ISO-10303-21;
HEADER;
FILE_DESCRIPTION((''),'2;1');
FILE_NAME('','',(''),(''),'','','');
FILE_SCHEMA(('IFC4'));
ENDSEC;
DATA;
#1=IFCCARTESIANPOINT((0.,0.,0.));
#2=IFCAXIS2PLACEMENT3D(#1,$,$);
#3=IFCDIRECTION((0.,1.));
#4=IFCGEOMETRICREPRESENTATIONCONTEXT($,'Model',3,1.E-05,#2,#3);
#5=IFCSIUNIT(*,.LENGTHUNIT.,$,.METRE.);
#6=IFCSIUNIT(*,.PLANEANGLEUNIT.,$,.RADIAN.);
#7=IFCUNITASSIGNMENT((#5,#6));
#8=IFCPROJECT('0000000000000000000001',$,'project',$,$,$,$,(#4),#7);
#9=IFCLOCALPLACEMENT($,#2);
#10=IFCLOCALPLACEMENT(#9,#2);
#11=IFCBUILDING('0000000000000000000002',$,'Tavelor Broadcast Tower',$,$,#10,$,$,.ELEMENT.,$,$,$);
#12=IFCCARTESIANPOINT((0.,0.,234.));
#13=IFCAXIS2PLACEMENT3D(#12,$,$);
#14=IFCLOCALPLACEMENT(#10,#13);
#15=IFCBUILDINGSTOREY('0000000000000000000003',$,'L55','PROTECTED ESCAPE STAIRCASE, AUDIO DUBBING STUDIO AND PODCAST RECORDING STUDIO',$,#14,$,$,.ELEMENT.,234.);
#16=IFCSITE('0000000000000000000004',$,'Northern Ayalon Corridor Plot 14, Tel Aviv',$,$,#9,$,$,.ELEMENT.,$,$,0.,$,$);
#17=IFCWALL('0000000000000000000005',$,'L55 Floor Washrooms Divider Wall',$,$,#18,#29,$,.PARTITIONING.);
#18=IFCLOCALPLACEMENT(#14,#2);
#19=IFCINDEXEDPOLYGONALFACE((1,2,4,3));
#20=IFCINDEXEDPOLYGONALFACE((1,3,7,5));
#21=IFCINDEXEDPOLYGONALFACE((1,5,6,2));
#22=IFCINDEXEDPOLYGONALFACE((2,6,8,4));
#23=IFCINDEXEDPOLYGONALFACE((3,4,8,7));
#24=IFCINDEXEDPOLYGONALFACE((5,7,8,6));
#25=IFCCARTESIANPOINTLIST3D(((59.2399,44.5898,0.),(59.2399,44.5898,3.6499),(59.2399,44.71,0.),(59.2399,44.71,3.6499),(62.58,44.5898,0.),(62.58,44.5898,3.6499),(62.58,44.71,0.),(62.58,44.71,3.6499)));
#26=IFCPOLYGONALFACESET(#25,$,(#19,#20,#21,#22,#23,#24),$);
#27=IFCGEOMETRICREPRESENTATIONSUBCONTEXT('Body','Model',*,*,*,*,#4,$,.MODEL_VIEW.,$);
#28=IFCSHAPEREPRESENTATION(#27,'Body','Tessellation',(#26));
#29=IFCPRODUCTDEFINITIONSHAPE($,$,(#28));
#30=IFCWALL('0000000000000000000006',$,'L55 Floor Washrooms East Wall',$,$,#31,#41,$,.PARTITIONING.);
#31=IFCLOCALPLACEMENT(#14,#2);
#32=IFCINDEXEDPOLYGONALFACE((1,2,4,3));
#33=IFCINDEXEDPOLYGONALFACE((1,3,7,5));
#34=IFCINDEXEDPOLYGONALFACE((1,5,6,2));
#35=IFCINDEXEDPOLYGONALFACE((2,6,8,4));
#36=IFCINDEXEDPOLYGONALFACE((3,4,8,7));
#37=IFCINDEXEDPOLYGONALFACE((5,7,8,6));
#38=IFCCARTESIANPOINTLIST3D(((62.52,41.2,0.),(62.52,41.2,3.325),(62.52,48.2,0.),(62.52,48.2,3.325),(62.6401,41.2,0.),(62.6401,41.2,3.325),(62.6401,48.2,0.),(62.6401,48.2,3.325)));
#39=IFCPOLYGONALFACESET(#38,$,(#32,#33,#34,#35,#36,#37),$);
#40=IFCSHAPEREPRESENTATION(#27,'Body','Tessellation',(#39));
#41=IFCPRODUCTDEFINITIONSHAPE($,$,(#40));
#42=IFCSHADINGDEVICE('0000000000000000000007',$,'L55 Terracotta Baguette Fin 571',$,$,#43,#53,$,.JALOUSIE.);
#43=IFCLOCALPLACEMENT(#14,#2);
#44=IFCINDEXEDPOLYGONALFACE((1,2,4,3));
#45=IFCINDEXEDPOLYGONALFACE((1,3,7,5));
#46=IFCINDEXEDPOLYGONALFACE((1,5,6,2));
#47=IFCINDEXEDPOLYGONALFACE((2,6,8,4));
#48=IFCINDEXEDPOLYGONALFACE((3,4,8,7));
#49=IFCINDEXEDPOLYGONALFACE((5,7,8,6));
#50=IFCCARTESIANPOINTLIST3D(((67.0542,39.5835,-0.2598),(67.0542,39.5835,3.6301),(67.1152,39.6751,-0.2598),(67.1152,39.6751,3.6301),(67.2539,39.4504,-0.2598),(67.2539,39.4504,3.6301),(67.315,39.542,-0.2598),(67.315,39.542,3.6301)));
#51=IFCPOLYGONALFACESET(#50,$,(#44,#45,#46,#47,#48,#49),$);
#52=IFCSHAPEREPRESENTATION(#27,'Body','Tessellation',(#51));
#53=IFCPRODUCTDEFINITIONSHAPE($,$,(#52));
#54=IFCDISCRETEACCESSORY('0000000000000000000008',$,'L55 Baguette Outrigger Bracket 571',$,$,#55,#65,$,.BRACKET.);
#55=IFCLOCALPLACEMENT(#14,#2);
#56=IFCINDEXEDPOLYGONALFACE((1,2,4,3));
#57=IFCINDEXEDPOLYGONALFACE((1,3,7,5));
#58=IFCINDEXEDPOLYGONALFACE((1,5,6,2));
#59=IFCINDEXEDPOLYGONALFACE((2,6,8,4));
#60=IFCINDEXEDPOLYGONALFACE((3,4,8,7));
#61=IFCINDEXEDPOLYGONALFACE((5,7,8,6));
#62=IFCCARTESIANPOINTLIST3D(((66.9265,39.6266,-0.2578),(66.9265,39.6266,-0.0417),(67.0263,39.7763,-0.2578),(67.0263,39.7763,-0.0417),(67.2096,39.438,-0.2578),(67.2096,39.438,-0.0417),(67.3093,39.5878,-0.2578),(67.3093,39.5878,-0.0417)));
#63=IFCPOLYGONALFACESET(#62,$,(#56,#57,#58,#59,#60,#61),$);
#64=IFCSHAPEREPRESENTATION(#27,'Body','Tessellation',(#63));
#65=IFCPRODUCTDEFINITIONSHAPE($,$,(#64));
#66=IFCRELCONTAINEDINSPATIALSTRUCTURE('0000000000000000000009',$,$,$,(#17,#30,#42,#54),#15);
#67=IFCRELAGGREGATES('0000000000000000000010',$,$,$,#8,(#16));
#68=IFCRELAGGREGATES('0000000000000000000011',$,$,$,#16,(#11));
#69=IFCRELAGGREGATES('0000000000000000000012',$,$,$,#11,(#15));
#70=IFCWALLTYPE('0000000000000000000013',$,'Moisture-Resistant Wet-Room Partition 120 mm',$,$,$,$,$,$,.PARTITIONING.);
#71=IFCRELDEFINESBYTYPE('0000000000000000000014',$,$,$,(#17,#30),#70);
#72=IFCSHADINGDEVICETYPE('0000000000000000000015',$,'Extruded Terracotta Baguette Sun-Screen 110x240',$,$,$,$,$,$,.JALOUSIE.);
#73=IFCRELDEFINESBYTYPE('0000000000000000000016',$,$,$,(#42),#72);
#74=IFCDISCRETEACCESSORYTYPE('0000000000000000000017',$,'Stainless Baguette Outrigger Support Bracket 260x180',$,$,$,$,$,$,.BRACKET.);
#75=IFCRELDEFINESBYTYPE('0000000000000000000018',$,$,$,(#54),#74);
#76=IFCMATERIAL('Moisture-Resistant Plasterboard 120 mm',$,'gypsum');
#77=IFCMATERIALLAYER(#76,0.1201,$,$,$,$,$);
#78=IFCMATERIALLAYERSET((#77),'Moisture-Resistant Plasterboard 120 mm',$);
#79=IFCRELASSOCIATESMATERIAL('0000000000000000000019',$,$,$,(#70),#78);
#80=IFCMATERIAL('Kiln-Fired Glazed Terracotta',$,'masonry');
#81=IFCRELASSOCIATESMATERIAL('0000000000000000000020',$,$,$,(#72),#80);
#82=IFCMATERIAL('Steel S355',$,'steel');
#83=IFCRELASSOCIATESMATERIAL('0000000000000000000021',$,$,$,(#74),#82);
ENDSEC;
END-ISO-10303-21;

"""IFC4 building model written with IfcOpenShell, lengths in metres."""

from ifc_helpers import new_model, si_unit, direction, frame, frame_2d, origin, origin_2d, place, context, subcontext, project, spatial, rectangle, extrude, source, transform, mapped, material, layer, layer_set, type_object, type_shapes, element, save


model = new_model("IFC4")

# Units and contexts
model_context = context("Model", 3, precision=1e-05, world=origin(), true_north=direction((0.0, 1.0)))
body_context = subcontext(model_context, "Body", "Model", "MODEL_VIEW")
ifc_project = project(units=[si_unit("LENGTHUNIT", "METRE"), si_unit("PLANEANGLEUNIT", "RADIAN")], contexts=[model_context])

# Site, building, storey
site_placement = place(None, origin())
site = spatial("IfcSite", under=ifc_project, at=site_placement, Name="Northern Ayalon Corridor Plot 14, Tel Aviv", CompositionType="ELEMENT", RefElevation=0.0)
building_placement = place(site_placement, origin())
building = spatial("IfcBuilding", under=site, at=building_placement, Name="Tavelor Broadcast Tower", CompositionType="ELEMENT")
storey_placement = place(building_placement, frame((0.0, 0.0, 234.0)))
storey = spatial("IfcBuildingStorey", under=building, at=storey_placement, Name="L55", Description="PROTECTED ESCAPE STAIRCASE, AUDIO DUBBING STUDIO AND PODCAST RECORDING STUDIO", CompositionType="ELEMENT", Elevation=234.0)

# Shared definitions
ifc_material_1 = material(Name="Steel S355", Category="steel")

# Shared definitions
ifc_material_2 = material(Name="Moisture-Resistant Plasterboard 120 mm", Category="gypsum")
ifc_layer_1 = layer(ifc_material_2, 0.1201)
ifc_layer_set_1 = layer_set([ifc_layer_1], Name="Moisture-Resistant Plasterboard 120 mm")
wall_type_1 = type_object("IfcWallType", Name="Moisture-Resistant Wet-Room Partition 120 mm", PredefinedType="PARTITIONING", material=ifc_layer_set_1)

# Walls
wall_1_placement = place(storey_placement, frame((59.24, 44.6499, 0.0), z_axis=(0.0, 0.0, 1.0), x_axis=(1.0, 0.0, 0.0)))
element("IfcWall", 1, at=wall_1_placement, inside=storey, type_object=wall_type_1, Name="L55 Floor Washrooms Divider Wall", PredefinedType="PARTITIONING", context=body_context, shape_type="SweptSolid", body=[
    extrude(rectangle(XDim=3.3401, YDim=0.1201, at=frame_2d((1.6699, 0.0))), origin(), (0.0, 0.0, 1.0), 3.6499),
])
wall_2_placement = place(storey_placement, frame((62.5801, 41.2, 0.0), z_axis=(0.0, 0.0, 1.0), x_axis=(0.0, 1.0, 0.0)))
element("IfcWall", 2, at=wall_2_placement, inside=storey, type_object=wall_type_1, Name="L55 Floor Washrooms East Wall", PredefinedType="PARTITIONING", context=body_context, shape_type="SweptSolid", body=[
    extrude(rectangle(XDim=7.0, YDim=0.1201, at=frame_2d((3.5, 0.0))), origin(), (0.0, 0.0, 1.0), 3.325),
])

# Shading device
ifc_material_3 = material(Name="Kiln-Fired Glazed Terracotta", Category="masonry")
shading_device_type = type_object("IfcShadingDeviceType", Name="Extruded Terracotta Baguette Sun-Screen 110x240", PredefinedType="JALOUSIE", material=ifc_material_3)
shared_shape_1 = source(origin(), body_context, "Body", "SweptSolid", [
    extrude(rectangle(XDim=0.1101, YDim=0.24, at=origin_2d()), origin(), (0.0, 0.0, 1.0), 3.8899),
])
type_shapes(shading_device_type, [shared_shape_1])
shading_device_placement = place(storey_placement, frame((67.1846, 39.5627, -0.2598), z_axis=(0.0, 0.0, 1.0), x_axis=(0.554409, 0.832245, 0.0)))
element("IfcShadingDevice", 3, at=shading_device_placement, inside=storey, type_object=shading_device_type, Name="L55 Terracotta Baguette Fin 571", PredefinedType="JALOUSIE", context=body_context, shape_type="MappedRepresentation", body=[
    mapped(shared_shape_1, transform((0.0, 0.0, 0.0), scale=1.0)),
])

# Discrete accessory
discrete_accessory_type = type_object("IfcDiscreteAccessoryType", Name="Stainless Baguette Outrigger Support Bracket 260x180", PredefinedType="BRACKET", material=ifc_material_1)
shared_shape_2 = source(origin(), body_context, "Body", "SweptSolid", [
    extrude(rectangle(XDim=0.1799, YDim=0.3401, at=origin_2d()), origin(), (0.0, 0.0, 1.0), 0.2161),
])
type_shapes(discrete_accessory_type, [shared_shape_2])
discrete_accessory_placement = place(storey_placement, frame((67.1179, 39.6072, -0.2578), z_axis=(0.0, 0.0, 1.0), x_axis=(0.554409, 0.832245, 0.0)))
element("IfcDiscreteAccessory", 4, at=discrete_accessory_placement, inside=storey, type_object=discrete_accessory_type, Name="L55 Baguette Outrigger Bracket 571", PredefinedType="BRACKET", context=body_context, shape_type="MappedRepresentation", body=[
    mapped(shared_shape_2, transform((0.0, 0.0, 0.0), scale=1.0)),
])

save(model, "model.ifc")
